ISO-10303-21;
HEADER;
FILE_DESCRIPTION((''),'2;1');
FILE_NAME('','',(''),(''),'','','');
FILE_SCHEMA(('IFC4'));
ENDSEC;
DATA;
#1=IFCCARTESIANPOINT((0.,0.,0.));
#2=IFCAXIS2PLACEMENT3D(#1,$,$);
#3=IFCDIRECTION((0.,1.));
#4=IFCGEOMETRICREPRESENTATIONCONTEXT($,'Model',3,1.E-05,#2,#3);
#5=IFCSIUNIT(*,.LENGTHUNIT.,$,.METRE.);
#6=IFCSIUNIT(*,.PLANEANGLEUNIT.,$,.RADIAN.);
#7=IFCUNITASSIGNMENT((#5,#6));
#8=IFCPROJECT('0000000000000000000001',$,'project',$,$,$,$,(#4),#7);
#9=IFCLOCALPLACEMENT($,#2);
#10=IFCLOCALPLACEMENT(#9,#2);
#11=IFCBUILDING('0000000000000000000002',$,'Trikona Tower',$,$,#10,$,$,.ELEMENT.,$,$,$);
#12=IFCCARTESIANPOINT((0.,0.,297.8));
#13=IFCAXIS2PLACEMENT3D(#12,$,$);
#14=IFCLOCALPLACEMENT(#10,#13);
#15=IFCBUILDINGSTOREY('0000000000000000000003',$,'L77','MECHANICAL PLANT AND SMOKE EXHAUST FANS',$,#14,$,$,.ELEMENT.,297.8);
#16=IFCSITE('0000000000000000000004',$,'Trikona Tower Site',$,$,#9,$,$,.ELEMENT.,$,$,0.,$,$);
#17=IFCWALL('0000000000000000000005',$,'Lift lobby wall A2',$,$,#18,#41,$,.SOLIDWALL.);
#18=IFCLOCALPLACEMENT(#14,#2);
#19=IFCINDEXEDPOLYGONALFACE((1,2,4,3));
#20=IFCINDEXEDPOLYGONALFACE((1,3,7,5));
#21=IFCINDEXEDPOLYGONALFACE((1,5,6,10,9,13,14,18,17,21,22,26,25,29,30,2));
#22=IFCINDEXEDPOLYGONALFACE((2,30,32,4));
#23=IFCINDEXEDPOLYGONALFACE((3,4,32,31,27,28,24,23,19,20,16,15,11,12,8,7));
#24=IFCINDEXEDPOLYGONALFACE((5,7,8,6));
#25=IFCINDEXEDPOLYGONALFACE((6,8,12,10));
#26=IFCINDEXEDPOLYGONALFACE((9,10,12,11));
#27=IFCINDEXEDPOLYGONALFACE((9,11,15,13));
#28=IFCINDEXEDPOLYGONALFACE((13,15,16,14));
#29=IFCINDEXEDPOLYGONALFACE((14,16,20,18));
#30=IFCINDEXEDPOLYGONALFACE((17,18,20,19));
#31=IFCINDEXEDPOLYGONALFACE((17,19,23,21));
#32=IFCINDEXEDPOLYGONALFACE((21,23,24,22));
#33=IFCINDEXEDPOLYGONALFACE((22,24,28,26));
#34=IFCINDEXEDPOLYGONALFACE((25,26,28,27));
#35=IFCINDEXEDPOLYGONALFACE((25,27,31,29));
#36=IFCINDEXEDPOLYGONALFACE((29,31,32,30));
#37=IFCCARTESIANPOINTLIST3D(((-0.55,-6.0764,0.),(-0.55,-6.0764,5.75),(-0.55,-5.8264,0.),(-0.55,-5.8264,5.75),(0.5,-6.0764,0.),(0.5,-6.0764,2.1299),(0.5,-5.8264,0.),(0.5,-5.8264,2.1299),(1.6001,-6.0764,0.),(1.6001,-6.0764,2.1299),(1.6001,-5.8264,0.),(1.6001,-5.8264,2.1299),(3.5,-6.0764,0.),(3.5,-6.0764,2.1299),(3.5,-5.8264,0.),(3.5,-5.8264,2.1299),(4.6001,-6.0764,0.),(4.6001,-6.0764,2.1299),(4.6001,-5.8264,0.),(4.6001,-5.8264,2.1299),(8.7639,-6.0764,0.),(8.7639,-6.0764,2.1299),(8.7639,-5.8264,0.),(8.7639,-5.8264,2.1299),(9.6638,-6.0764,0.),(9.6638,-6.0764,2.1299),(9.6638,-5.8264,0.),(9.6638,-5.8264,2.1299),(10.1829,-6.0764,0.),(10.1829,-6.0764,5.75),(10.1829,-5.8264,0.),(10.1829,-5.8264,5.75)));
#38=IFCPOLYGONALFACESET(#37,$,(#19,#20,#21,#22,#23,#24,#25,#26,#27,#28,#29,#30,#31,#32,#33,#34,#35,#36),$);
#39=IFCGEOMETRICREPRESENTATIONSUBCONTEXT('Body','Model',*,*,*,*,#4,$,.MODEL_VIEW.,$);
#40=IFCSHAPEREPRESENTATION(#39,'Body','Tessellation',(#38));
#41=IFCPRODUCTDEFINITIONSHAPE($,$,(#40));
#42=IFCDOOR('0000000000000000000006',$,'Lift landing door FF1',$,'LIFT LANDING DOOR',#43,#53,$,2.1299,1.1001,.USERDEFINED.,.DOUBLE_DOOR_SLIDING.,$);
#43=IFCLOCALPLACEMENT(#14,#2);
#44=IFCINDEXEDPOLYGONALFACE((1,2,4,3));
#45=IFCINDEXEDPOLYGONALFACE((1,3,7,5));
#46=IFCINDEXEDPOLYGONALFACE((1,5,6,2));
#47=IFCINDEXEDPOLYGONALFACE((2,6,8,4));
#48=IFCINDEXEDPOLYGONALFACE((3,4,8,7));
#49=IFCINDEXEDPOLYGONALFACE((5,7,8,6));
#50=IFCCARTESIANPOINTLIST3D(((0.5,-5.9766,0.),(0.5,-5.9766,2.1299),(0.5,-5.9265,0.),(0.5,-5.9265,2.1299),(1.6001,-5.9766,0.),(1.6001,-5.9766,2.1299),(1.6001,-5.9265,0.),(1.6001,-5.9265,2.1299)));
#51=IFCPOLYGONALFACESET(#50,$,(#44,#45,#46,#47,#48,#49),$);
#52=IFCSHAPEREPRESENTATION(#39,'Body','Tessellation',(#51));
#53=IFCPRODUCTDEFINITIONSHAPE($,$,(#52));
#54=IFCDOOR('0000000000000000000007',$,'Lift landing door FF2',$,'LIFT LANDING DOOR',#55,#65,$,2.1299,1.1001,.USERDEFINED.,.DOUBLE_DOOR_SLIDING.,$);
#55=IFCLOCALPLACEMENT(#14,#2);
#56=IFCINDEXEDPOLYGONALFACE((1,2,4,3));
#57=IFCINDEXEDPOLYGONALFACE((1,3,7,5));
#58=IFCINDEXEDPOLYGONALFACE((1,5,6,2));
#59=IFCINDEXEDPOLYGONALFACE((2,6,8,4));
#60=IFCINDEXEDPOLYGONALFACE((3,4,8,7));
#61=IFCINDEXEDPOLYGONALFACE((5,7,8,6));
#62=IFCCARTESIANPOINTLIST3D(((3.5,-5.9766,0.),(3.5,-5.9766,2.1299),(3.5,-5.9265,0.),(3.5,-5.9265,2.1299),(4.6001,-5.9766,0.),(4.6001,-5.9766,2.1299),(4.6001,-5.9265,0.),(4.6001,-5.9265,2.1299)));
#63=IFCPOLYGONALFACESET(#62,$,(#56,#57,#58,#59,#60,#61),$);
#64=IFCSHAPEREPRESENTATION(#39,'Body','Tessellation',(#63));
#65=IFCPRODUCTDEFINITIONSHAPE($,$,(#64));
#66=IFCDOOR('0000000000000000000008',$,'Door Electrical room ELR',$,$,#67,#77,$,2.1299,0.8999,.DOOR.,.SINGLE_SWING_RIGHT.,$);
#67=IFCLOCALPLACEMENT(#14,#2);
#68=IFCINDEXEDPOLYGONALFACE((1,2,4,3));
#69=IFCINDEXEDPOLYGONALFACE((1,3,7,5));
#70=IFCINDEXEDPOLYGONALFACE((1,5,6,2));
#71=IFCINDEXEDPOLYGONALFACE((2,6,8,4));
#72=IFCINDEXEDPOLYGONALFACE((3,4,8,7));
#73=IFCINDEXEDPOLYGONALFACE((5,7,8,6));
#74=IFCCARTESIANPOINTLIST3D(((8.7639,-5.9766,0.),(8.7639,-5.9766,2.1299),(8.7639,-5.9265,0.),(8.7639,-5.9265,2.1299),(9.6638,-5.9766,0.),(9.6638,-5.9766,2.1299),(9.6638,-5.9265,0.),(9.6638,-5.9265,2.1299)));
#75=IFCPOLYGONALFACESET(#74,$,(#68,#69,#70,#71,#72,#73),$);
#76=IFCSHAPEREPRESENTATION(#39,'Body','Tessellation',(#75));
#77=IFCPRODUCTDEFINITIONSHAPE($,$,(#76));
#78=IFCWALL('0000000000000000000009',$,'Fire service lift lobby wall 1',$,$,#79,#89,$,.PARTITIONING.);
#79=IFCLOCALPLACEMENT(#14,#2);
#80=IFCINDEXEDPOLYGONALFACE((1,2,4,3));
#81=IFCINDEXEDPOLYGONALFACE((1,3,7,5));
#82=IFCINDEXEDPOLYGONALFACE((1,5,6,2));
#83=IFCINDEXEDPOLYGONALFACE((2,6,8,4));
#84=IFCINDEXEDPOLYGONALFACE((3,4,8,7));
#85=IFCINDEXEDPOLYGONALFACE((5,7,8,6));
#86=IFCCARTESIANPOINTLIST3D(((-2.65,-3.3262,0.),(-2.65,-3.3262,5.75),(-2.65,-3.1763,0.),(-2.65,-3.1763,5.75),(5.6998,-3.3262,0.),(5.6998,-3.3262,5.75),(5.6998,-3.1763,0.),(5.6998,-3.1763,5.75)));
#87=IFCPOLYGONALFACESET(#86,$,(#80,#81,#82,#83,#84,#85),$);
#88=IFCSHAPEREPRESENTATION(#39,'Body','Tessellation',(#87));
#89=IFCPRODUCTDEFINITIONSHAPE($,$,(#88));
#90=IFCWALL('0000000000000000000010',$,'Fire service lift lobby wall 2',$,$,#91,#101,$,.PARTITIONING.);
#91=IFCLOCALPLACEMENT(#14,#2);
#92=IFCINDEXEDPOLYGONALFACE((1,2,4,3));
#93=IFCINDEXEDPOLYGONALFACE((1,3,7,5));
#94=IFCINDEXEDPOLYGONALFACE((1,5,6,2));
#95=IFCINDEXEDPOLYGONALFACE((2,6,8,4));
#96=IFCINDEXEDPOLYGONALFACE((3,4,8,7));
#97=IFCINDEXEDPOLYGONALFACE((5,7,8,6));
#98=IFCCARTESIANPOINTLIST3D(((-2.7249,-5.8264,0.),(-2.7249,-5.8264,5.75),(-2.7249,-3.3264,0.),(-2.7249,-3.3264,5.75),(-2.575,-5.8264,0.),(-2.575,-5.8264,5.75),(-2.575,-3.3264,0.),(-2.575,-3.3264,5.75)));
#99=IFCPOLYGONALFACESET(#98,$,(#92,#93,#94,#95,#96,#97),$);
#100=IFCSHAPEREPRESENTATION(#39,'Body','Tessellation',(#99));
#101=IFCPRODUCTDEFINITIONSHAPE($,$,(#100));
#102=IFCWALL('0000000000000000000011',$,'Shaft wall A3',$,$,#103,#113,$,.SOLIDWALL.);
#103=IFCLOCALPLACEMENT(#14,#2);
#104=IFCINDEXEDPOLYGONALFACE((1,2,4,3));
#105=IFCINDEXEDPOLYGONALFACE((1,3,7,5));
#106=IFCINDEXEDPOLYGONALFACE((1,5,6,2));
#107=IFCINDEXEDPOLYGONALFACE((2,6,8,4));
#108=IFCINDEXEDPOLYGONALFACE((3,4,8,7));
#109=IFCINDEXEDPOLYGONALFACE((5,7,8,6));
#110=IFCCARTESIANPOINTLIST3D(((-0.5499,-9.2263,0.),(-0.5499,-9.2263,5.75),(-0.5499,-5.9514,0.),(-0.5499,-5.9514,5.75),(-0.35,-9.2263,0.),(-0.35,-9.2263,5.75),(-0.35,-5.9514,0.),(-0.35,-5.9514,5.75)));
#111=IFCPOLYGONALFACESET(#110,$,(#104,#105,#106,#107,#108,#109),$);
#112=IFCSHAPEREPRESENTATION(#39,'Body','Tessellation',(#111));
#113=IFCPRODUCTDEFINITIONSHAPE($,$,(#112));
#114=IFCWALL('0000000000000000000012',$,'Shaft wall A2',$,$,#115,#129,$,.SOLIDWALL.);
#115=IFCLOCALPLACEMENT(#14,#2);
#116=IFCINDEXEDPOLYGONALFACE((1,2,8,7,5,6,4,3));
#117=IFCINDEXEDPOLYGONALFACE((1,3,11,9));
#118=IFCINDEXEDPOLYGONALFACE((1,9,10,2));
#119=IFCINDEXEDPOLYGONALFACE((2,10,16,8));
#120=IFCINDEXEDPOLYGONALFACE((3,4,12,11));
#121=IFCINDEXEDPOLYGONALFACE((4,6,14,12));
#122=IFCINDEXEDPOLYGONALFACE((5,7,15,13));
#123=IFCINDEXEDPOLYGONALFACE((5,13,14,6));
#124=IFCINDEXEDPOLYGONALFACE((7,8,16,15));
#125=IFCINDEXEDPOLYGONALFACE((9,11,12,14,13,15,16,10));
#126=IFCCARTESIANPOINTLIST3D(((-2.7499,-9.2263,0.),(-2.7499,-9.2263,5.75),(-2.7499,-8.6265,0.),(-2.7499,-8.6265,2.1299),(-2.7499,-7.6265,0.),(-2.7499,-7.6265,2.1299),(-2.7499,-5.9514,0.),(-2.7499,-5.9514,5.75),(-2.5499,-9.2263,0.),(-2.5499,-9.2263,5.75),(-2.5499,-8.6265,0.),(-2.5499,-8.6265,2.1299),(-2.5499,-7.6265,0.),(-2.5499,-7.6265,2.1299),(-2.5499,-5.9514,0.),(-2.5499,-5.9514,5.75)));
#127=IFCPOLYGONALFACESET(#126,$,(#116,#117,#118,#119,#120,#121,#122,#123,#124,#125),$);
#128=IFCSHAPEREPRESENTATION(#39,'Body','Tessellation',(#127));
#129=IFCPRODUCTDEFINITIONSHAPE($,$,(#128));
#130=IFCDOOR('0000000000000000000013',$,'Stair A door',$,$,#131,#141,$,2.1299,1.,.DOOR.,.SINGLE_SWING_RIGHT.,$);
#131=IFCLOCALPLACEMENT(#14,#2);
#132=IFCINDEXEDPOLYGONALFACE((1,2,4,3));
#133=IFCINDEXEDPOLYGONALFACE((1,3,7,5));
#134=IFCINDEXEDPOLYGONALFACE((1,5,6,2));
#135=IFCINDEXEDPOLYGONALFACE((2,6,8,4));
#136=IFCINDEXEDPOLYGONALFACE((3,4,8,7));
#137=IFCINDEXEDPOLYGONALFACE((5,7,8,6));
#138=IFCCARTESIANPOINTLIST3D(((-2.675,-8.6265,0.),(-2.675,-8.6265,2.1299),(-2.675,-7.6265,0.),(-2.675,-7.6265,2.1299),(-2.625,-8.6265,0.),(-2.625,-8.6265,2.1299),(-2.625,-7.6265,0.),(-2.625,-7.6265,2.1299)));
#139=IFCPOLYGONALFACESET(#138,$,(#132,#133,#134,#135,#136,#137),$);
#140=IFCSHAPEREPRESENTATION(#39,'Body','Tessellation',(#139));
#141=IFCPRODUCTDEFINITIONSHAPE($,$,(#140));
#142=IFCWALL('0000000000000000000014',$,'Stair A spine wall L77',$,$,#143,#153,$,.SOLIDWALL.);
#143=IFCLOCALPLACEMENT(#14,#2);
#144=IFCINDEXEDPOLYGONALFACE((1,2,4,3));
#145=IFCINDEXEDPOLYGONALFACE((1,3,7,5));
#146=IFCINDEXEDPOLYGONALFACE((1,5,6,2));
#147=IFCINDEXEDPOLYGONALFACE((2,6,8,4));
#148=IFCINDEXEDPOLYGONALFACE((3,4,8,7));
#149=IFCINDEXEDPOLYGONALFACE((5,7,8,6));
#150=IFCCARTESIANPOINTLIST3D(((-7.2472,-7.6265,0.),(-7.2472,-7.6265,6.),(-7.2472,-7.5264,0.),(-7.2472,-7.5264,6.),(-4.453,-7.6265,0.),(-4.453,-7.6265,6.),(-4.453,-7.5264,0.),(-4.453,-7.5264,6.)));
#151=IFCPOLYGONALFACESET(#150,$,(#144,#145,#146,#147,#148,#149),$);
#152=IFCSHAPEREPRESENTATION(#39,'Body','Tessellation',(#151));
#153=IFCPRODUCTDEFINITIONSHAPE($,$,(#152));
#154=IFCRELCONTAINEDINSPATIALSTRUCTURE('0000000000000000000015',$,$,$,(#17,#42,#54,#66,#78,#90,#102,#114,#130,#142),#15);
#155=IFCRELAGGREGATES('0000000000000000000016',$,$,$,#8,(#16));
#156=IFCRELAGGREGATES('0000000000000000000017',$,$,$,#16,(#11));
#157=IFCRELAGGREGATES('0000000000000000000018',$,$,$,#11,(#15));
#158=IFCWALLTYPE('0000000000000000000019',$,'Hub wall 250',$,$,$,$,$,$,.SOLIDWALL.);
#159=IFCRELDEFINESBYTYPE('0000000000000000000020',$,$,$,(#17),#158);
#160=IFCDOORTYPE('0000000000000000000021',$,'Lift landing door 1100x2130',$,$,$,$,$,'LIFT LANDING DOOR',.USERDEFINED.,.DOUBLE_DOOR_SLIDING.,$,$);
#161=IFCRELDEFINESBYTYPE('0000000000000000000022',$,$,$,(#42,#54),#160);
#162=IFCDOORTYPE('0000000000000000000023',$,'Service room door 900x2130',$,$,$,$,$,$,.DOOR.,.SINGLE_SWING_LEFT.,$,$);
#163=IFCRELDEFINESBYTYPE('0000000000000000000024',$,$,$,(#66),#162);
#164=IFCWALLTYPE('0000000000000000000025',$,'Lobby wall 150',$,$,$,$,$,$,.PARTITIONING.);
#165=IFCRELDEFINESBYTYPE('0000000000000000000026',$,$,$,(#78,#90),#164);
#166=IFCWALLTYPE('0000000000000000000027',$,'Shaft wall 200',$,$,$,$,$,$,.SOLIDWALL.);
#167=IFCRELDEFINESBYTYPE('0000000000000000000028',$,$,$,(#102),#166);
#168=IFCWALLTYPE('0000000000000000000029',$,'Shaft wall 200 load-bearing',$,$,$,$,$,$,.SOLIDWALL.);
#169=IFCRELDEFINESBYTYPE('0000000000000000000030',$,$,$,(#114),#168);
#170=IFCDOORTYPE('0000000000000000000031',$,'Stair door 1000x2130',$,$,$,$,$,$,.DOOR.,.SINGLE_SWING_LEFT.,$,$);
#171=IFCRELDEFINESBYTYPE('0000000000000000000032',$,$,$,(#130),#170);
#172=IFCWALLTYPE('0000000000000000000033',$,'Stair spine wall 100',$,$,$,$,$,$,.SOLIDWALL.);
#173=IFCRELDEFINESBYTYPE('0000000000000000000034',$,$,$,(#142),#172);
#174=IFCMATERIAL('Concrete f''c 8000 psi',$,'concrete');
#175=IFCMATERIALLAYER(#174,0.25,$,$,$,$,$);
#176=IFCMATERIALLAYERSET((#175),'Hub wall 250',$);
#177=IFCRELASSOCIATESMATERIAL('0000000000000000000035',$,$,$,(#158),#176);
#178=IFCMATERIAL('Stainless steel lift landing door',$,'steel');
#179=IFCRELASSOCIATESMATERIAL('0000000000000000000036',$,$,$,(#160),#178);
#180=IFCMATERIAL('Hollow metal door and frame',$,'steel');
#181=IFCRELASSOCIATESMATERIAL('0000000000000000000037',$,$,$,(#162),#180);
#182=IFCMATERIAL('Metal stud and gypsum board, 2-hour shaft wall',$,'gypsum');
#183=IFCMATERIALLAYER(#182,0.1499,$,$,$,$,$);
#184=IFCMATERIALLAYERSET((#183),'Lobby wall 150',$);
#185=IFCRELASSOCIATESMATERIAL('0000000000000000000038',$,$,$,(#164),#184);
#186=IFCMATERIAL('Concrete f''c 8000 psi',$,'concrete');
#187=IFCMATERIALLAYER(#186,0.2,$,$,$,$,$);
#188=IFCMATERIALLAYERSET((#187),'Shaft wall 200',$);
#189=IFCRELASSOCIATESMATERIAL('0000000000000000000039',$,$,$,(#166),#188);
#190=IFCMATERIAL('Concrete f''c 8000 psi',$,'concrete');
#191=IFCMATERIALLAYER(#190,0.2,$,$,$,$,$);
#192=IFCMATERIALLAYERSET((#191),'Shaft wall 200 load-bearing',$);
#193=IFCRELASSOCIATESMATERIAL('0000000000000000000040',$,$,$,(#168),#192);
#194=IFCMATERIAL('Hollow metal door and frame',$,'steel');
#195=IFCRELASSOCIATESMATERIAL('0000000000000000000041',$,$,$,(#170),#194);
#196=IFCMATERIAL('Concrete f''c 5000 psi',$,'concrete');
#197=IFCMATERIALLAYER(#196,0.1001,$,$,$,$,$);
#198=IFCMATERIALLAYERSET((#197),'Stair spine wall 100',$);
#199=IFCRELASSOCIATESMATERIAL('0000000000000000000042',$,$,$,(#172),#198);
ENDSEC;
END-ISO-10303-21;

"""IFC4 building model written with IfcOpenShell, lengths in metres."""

from ifc_helpers import new_model, si_unit, direction, frame, frame_2d, origin, place, context, subcontext, project, spatial, rectangle, extrude, material, layer, layer_set, type_object, element, fill, save


model = new_model("IFC4")

# Units and contexts
model_context = context("Model", 3, precision=1e-05, world=origin(), true_north=direction((0.0, 1.0)))
body_context = subcontext(model_context, "Body", "Model", "MODEL_VIEW")
ifc_project = project(units=[si_unit("LENGTHUNIT", "METRE"), si_unit("PLANEANGLEUNIT", "RADIAN")], contexts=[model_context])

# Site, building, storey
site_placement = place(None, origin())
site = spatial("IfcSite", under=ifc_project, at=site_placement, Name="Trikona Tower Site", CompositionType="ELEMENT", RefElevation=0.0)
building_placement = place(site_placement, origin())
building = spatial("IfcBuilding", under=site, at=building_placement, Name="Trikona Tower", CompositionType="ELEMENT")
storey_placement = place(building_placement, frame((0.0, 0.0, 297.8)))
storey = spatial("IfcBuildingStorey", under=building, at=storey_placement, Name="L77", Description="MECHANICAL PLANT AND SMOKE EXHAUST FANS", CompositionType="ELEMENT", Elevation=297.8)

# Wall, openings, doors
ifc_material_1 = material(Name="Concrete f'c 8000 psi", Category="concrete")
ifc_layer_1 = layer(ifc_material_1, 0.25)
ifc_layer_set_1 = layer_set([ifc_layer_1], Name="Hub wall 250")
wall_type_1 = type_object("IfcWallType", Name="Hub wall 250", PredefinedType="SOLIDWALL", material=ifc_layer_set_1)
wall_1_placement = place(storey_placement, frame((-0.55, -5.9514, 0.0), z_axis=(0.0, 0.0, 1.0), x_axis=(1.0, 0.0, 0.0)))
wall_1 = element("IfcWall", 1, at=wall_1_placement, inside=storey, type_object=wall_type_1, Name="Lift lobby wall A2", PredefinedType="SOLIDWALL", context=body_context, shape_type="SweptSolid", body=[
    extrude(rectangle(XDim=10.7329, YDim=0.25, at=frame_2d((5.3665, 0.0))), origin(), (0.0, 0.0, 1.0), 5.75),
])
opening_1_placement = place(wall_1_placement, frame((9.314, 0.0, 0.0)))
opening_1 = element("IfcOpeningElement", 2, at=opening_1_placement, cuts=wall_1, PredefinedType="OPENING", context=body_context, shape_type="SweptSolid", body=[
    extrude(rectangle(XDim=0.8999, YDim=2.1299, at=frame_2d((0.45, 1.0649))), frame((0.0, 0.135, 0.0), z_axis=(0.0, -1.0, 0.0), x_axis=(1.0, 0.0, 0.0)), (0.0, 0.0, 1.0), 0.27),
])
opening_2_placement = place(wall_1_placement, frame((1.05, 0.0, 0.0)))
opening_2 = element("IfcOpeningElement", 3, at=opening_2_placement, cuts=wall_1, PredefinedType="OPENING", context=body_context, shape_type="SweptSolid", body=[
    extrude(rectangle(XDim=1.1001, YDim=2.1299, at=frame_2d((0.55, 1.0649))), frame((0.0, 0.135, 0.0), z_axis=(0.0, -1.0, 0.0), x_axis=(1.0, 0.0, 0.0)), (0.0, 0.0, 1.0), 0.27),
])
opening_3_placement = place(wall_1_placement, frame((4.05, 0.0, 0.0)))
opening_3 = element("IfcOpeningElement", 4, at=opening_3_placement, cuts=wall_1, PredefinedType="OPENING", context=body_context, shape_type="SweptSolid", body=[
    extrude(rectangle(XDim=1.1001, YDim=2.1299, at=frame_2d((0.55, 1.0649))), frame((0.0, 0.135, 0.0), z_axis=(0.0, -1.0, 0.0), x_axis=(1.0, 0.0, 0.0)), (0.0, 0.0, 1.0), 0.27),
])
ifc_material_2 = material(Name="Stainless steel lift landing door", Category="steel")
door_type_1 = type_object("IfcDoorType", Name="Lift landing door 1100x2130", ElementType="LIFT LANDING DOOR", OperationType="DOUBLE_DOOR_SLIDING", PredefinedType="USERDEFINED", material=ifc_material_2)
door_1_placement = place(opening_2_placement, origin())
door_1 = element("IfcDoor", 5, at=door_1_placement, inside=storey, type_object=door_type_1, Name="Lift landing door FF1", ObjectType="LIFT LANDING DOOR", OperationType="DOUBLE_DOOR_SLIDING", OverallHeight=2.1299, OverallWidth=1.1001, PredefinedType="USERDEFINED", context=body_context, shape_type="SweptSolid", body=[
    extrude(rectangle(XDim=1.1001, YDim=2.1299, at=frame_2d((0.55, 1.0649))), frame((0.0, 0.0249, 0.0), z_axis=(0.0, -1.0, 0.0), x_axis=(1.0, 0.0, 0.0)), (0.0, 0.0, 1.0), 0.05),
])
fill(opening_2, door_1)
door_2_placement = place(opening_3_placement, origin())
door_2 = element("IfcDoor", 6, at=door_2_placement, inside=storey, type_object=door_type_1, Name="Lift landing door FF2", ObjectType="LIFT LANDING DOOR", OperationType="DOUBLE_DOOR_SLIDING", OverallHeight=2.1299, OverallWidth=1.1001, PredefinedType="USERDEFINED", context=body_context, shape_type="SweptSolid", body=[
    extrude(rectangle(XDim=1.1001, YDim=2.1299, at=frame_2d((0.55, 1.0649))), frame((0.0, 0.0249, 0.0), z_axis=(0.0, -1.0, 0.0), x_axis=(1.0, 0.0, 0.0)), (0.0, 0.0, 1.0), 0.05),
])
fill(opening_3, door_2)
ifc_material_3 = material(Name="Hollow metal door and frame", Category="steel")
door_type_2 = type_object("IfcDoorType", Name="Service room door 900x2130", OperationType="SINGLE_SWING_LEFT", PredefinedType="DOOR", material=ifc_material_3)
door_3_placement = place(opening_1_placement, origin())
door_3 = element("IfcDoor", 7, at=door_3_placement, inside=storey, type_object=door_type_2, Name="Door Electrical room ELR", OperationType="SINGLE_SWING_RIGHT", OverallHeight=2.1299, OverallWidth=0.8999, PredefinedType="DOOR", context=body_context, shape_type="SweptSolid", body=[
    extrude(rectangle(XDim=0.8999, YDim=2.1299, at=frame_2d((0.45, 1.0649))), frame((0.0, 0.0249, 0.0), z_axis=(0.0, -1.0, 0.0), x_axis=(1.0, 0.0, 0.0)), (0.0, 0.0, 1.0), 0.05),
])
fill(opening_1, door_3)

# Walls
ifc_material_4 = material(Name="Metal stud and gypsum board, 2-hour shaft wall", Category="gypsum")
ifc_layer_2 = layer(ifc_material_4, 0.1499)
ifc_layer_set_2 = layer_set([ifc_layer_2], Name="Lobby wall 150")
wall_type_2 = type_object("IfcWallType", Name="Lobby wall 150", PredefinedType="PARTITIONING", material=ifc_layer_set_2)
wall_2_placement = place(storey_placement, frame((-2.6499, -3.2512, 0.0), z_axis=(0.0, 0.0, 1.0), x_axis=(1.0, 0.0, 0.0)))
element("IfcWall", 8, at=wall_2_placement, inside=storey, type_object=wall_type_2, Name="Fire service lift lobby wall 1", PredefinedType="PARTITIONING", context=body_context, shape_type="SweptSolid", body=[
    extrude(rectangle(XDim=8.3499, YDim=0.1499, at=frame_2d((4.1748, 0.0))), origin(), (0.0, 0.0, 1.0), 5.75),
])
wall_3_placement = place(storey_placement, frame((-2.6499, -5.8264, 0.0), z_axis=(0.0, 0.0, 1.0), x_axis=(0.0, 1.0, 0.0)))
element("IfcWall", 9, at=wall_3_placement, inside=storey, type_object=wall_type_2, Name="Fire service lift lobby wall 2", PredefinedType="PARTITIONING", context=body_context, shape_type="SweptSolid", body=[
    extrude(rectangle(XDim=2.5, YDim=0.1499, at=frame_2d((1.25, 0.0))), origin(), (0.0, 0.0, 1.0), 5.75),
])
ifc_material_5 = material(Name="Concrete f'c 8000 psi", Category="concrete")
ifc_layer_3 = layer(ifc_material_5, 0.2)
ifc_layer_set_3 = layer_set([ifc_layer_3], Name="Shaft wall 200")
wall_type_3 = type_object("IfcWallType", Name="Shaft wall 200", PredefinedType="SOLIDWALL", material=ifc_layer_set_3)
wall_4_placement = place(storey_placement, frame((-0.45, -5.9514, 0.0), z_axis=(0.0, 0.0, 1.0), x_axis=(0.0, -1.0, 0.0)))
element("IfcWall", 10, at=wall_4_placement, inside=storey, type_object=wall_type_3, Name="Shaft wall A3", PredefinedType="SOLIDWALL", context=body_context, shape_type="SweptSolid", body=[
    extrude(rectangle(XDim=3.2749, YDim=0.2, at=frame_2d((1.6375, 0.0))), origin(), (0.0, 0.0, 1.0), 5.75),
])

# Wall, opening, door
ifc_material_6 = material(Name="Concrete f'c 8000 psi", Category="concrete")
ifc_layer_4 = layer(ifc_material_6, 0.2)
ifc_layer_set_4 = layer_set([ifc_layer_4], Name="Shaft wall 200 load-bearing")
wall_type_4 = type_object("IfcWallType", Name="Shaft wall 200 load-bearing", PredefinedType="SOLIDWALL", material=ifc_layer_set_4)
wall_5_placement = place(storey_placement, frame((-2.6499, -5.9514, 0.0), z_axis=(0.0, 0.0, 1.0), x_axis=(0.0, -1.0, 0.0)))
wall_5 = element("IfcWall", 11, at=wall_5_placement, inside=storey, type_object=wall_type_4, Name="Shaft wall A2", PredefinedType="SOLIDWALL", context=body_context, shape_type="SweptSolid", body=[
    extrude(rectangle(XDim=3.2749, YDim=0.2, at=frame_2d((1.6375, 0.0))), origin(), (0.0, 0.0, 1.0), 5.75),
])
opening_4_placement = place(wall_5_placement, frame((1.675, 0.0, 0.0)))
opening_4 = element("IfcOpeningElement", 12, at=opening_4_placement, cuts=wall_5, PredefinedType="OPENING", context=body_context, shape_type="SweptSolid", body=[
    extrude(rectangle(XDim=1.0, YDim=2.1299, at=frame_2d((0.5, 1.0649))), frame((0.0, 0.1099, 0.0), z_axis=(0.0, -1.0, 0.0), x_axis=(1.0, 0.0, 0.0)), (0.0, 0.0, 1.0), 0.22),
])
ifc_material_7 = material(Name="Hollow metal door and frame", Category="steel")
door_type_3 = type_object("IfcDoorType", Name="Stair door 1000x2130", OperationType="SINGLE_SWING_LEFT", PredefinedType="DOOR", material=ifc_material_7)
door_4_placement = place(opening_4_placement, origin())
door_4 = element("IfcDoor", 13, at=door_4_placement, inside=storey, type_object=door_type_3, Name="Stair A door", OperationType="SINGLE_SWING_RIGHT", OverallHeight=2.1299, OverallWidth=1.0, PredefinedType="DOOR", context=body_context, shape_type="SweptSolid", body=[
    extrude(rectangle(XDim=1.0, YDim=2.1299, at=frame_2d((0.5, 1.0649))), frame((0.0, 0.0249, 0.0), z_axis=(0.0, -1.0, 0.0), x_axis=(1.0, 0.0, 0.0)), (0.0, 0.0, 1.0), 0.05),
])
fill(opening_4, door_4)

# Wall
ifc_material_8 = material(Name="Concrete f'c 5000 psi", Category="concrete")
ifc_layer_5 = layer(ifc_material_8, 0.1001)
ifc_layer_set_5 = layer_set([ifc_layer_5], Name="Stair spine wall 100")
wall_type_5 = type_object("IfcWallType", Name="Stair spine wall 100", PredefinedType="SOLIDWALL", material=ifc_layer_set_5)
wall_6_placement = place(storey_placement, frame((-7.2471, -7.5764, 0.0), z_axis=(0.0, 0.0, 1.0), x_axis=(1.0, 0.0, 0.0)))
element("IfcWall", 14, at=wall_6_placement, inside=storey, type_object=wall_type_5, Name="Stair A spine wall L77", PredefinedType="SOLIDWALL", context=body_context, shape_type="SweptSolid", body=[
    extrude(rectangle(XDim=2.7942, YDim=0.1001, at=frame_2d((1.397, 0.0))), origin(), (0.0, 0.0, 1.0), 6.0),
])

save(model, "model.ifc")
